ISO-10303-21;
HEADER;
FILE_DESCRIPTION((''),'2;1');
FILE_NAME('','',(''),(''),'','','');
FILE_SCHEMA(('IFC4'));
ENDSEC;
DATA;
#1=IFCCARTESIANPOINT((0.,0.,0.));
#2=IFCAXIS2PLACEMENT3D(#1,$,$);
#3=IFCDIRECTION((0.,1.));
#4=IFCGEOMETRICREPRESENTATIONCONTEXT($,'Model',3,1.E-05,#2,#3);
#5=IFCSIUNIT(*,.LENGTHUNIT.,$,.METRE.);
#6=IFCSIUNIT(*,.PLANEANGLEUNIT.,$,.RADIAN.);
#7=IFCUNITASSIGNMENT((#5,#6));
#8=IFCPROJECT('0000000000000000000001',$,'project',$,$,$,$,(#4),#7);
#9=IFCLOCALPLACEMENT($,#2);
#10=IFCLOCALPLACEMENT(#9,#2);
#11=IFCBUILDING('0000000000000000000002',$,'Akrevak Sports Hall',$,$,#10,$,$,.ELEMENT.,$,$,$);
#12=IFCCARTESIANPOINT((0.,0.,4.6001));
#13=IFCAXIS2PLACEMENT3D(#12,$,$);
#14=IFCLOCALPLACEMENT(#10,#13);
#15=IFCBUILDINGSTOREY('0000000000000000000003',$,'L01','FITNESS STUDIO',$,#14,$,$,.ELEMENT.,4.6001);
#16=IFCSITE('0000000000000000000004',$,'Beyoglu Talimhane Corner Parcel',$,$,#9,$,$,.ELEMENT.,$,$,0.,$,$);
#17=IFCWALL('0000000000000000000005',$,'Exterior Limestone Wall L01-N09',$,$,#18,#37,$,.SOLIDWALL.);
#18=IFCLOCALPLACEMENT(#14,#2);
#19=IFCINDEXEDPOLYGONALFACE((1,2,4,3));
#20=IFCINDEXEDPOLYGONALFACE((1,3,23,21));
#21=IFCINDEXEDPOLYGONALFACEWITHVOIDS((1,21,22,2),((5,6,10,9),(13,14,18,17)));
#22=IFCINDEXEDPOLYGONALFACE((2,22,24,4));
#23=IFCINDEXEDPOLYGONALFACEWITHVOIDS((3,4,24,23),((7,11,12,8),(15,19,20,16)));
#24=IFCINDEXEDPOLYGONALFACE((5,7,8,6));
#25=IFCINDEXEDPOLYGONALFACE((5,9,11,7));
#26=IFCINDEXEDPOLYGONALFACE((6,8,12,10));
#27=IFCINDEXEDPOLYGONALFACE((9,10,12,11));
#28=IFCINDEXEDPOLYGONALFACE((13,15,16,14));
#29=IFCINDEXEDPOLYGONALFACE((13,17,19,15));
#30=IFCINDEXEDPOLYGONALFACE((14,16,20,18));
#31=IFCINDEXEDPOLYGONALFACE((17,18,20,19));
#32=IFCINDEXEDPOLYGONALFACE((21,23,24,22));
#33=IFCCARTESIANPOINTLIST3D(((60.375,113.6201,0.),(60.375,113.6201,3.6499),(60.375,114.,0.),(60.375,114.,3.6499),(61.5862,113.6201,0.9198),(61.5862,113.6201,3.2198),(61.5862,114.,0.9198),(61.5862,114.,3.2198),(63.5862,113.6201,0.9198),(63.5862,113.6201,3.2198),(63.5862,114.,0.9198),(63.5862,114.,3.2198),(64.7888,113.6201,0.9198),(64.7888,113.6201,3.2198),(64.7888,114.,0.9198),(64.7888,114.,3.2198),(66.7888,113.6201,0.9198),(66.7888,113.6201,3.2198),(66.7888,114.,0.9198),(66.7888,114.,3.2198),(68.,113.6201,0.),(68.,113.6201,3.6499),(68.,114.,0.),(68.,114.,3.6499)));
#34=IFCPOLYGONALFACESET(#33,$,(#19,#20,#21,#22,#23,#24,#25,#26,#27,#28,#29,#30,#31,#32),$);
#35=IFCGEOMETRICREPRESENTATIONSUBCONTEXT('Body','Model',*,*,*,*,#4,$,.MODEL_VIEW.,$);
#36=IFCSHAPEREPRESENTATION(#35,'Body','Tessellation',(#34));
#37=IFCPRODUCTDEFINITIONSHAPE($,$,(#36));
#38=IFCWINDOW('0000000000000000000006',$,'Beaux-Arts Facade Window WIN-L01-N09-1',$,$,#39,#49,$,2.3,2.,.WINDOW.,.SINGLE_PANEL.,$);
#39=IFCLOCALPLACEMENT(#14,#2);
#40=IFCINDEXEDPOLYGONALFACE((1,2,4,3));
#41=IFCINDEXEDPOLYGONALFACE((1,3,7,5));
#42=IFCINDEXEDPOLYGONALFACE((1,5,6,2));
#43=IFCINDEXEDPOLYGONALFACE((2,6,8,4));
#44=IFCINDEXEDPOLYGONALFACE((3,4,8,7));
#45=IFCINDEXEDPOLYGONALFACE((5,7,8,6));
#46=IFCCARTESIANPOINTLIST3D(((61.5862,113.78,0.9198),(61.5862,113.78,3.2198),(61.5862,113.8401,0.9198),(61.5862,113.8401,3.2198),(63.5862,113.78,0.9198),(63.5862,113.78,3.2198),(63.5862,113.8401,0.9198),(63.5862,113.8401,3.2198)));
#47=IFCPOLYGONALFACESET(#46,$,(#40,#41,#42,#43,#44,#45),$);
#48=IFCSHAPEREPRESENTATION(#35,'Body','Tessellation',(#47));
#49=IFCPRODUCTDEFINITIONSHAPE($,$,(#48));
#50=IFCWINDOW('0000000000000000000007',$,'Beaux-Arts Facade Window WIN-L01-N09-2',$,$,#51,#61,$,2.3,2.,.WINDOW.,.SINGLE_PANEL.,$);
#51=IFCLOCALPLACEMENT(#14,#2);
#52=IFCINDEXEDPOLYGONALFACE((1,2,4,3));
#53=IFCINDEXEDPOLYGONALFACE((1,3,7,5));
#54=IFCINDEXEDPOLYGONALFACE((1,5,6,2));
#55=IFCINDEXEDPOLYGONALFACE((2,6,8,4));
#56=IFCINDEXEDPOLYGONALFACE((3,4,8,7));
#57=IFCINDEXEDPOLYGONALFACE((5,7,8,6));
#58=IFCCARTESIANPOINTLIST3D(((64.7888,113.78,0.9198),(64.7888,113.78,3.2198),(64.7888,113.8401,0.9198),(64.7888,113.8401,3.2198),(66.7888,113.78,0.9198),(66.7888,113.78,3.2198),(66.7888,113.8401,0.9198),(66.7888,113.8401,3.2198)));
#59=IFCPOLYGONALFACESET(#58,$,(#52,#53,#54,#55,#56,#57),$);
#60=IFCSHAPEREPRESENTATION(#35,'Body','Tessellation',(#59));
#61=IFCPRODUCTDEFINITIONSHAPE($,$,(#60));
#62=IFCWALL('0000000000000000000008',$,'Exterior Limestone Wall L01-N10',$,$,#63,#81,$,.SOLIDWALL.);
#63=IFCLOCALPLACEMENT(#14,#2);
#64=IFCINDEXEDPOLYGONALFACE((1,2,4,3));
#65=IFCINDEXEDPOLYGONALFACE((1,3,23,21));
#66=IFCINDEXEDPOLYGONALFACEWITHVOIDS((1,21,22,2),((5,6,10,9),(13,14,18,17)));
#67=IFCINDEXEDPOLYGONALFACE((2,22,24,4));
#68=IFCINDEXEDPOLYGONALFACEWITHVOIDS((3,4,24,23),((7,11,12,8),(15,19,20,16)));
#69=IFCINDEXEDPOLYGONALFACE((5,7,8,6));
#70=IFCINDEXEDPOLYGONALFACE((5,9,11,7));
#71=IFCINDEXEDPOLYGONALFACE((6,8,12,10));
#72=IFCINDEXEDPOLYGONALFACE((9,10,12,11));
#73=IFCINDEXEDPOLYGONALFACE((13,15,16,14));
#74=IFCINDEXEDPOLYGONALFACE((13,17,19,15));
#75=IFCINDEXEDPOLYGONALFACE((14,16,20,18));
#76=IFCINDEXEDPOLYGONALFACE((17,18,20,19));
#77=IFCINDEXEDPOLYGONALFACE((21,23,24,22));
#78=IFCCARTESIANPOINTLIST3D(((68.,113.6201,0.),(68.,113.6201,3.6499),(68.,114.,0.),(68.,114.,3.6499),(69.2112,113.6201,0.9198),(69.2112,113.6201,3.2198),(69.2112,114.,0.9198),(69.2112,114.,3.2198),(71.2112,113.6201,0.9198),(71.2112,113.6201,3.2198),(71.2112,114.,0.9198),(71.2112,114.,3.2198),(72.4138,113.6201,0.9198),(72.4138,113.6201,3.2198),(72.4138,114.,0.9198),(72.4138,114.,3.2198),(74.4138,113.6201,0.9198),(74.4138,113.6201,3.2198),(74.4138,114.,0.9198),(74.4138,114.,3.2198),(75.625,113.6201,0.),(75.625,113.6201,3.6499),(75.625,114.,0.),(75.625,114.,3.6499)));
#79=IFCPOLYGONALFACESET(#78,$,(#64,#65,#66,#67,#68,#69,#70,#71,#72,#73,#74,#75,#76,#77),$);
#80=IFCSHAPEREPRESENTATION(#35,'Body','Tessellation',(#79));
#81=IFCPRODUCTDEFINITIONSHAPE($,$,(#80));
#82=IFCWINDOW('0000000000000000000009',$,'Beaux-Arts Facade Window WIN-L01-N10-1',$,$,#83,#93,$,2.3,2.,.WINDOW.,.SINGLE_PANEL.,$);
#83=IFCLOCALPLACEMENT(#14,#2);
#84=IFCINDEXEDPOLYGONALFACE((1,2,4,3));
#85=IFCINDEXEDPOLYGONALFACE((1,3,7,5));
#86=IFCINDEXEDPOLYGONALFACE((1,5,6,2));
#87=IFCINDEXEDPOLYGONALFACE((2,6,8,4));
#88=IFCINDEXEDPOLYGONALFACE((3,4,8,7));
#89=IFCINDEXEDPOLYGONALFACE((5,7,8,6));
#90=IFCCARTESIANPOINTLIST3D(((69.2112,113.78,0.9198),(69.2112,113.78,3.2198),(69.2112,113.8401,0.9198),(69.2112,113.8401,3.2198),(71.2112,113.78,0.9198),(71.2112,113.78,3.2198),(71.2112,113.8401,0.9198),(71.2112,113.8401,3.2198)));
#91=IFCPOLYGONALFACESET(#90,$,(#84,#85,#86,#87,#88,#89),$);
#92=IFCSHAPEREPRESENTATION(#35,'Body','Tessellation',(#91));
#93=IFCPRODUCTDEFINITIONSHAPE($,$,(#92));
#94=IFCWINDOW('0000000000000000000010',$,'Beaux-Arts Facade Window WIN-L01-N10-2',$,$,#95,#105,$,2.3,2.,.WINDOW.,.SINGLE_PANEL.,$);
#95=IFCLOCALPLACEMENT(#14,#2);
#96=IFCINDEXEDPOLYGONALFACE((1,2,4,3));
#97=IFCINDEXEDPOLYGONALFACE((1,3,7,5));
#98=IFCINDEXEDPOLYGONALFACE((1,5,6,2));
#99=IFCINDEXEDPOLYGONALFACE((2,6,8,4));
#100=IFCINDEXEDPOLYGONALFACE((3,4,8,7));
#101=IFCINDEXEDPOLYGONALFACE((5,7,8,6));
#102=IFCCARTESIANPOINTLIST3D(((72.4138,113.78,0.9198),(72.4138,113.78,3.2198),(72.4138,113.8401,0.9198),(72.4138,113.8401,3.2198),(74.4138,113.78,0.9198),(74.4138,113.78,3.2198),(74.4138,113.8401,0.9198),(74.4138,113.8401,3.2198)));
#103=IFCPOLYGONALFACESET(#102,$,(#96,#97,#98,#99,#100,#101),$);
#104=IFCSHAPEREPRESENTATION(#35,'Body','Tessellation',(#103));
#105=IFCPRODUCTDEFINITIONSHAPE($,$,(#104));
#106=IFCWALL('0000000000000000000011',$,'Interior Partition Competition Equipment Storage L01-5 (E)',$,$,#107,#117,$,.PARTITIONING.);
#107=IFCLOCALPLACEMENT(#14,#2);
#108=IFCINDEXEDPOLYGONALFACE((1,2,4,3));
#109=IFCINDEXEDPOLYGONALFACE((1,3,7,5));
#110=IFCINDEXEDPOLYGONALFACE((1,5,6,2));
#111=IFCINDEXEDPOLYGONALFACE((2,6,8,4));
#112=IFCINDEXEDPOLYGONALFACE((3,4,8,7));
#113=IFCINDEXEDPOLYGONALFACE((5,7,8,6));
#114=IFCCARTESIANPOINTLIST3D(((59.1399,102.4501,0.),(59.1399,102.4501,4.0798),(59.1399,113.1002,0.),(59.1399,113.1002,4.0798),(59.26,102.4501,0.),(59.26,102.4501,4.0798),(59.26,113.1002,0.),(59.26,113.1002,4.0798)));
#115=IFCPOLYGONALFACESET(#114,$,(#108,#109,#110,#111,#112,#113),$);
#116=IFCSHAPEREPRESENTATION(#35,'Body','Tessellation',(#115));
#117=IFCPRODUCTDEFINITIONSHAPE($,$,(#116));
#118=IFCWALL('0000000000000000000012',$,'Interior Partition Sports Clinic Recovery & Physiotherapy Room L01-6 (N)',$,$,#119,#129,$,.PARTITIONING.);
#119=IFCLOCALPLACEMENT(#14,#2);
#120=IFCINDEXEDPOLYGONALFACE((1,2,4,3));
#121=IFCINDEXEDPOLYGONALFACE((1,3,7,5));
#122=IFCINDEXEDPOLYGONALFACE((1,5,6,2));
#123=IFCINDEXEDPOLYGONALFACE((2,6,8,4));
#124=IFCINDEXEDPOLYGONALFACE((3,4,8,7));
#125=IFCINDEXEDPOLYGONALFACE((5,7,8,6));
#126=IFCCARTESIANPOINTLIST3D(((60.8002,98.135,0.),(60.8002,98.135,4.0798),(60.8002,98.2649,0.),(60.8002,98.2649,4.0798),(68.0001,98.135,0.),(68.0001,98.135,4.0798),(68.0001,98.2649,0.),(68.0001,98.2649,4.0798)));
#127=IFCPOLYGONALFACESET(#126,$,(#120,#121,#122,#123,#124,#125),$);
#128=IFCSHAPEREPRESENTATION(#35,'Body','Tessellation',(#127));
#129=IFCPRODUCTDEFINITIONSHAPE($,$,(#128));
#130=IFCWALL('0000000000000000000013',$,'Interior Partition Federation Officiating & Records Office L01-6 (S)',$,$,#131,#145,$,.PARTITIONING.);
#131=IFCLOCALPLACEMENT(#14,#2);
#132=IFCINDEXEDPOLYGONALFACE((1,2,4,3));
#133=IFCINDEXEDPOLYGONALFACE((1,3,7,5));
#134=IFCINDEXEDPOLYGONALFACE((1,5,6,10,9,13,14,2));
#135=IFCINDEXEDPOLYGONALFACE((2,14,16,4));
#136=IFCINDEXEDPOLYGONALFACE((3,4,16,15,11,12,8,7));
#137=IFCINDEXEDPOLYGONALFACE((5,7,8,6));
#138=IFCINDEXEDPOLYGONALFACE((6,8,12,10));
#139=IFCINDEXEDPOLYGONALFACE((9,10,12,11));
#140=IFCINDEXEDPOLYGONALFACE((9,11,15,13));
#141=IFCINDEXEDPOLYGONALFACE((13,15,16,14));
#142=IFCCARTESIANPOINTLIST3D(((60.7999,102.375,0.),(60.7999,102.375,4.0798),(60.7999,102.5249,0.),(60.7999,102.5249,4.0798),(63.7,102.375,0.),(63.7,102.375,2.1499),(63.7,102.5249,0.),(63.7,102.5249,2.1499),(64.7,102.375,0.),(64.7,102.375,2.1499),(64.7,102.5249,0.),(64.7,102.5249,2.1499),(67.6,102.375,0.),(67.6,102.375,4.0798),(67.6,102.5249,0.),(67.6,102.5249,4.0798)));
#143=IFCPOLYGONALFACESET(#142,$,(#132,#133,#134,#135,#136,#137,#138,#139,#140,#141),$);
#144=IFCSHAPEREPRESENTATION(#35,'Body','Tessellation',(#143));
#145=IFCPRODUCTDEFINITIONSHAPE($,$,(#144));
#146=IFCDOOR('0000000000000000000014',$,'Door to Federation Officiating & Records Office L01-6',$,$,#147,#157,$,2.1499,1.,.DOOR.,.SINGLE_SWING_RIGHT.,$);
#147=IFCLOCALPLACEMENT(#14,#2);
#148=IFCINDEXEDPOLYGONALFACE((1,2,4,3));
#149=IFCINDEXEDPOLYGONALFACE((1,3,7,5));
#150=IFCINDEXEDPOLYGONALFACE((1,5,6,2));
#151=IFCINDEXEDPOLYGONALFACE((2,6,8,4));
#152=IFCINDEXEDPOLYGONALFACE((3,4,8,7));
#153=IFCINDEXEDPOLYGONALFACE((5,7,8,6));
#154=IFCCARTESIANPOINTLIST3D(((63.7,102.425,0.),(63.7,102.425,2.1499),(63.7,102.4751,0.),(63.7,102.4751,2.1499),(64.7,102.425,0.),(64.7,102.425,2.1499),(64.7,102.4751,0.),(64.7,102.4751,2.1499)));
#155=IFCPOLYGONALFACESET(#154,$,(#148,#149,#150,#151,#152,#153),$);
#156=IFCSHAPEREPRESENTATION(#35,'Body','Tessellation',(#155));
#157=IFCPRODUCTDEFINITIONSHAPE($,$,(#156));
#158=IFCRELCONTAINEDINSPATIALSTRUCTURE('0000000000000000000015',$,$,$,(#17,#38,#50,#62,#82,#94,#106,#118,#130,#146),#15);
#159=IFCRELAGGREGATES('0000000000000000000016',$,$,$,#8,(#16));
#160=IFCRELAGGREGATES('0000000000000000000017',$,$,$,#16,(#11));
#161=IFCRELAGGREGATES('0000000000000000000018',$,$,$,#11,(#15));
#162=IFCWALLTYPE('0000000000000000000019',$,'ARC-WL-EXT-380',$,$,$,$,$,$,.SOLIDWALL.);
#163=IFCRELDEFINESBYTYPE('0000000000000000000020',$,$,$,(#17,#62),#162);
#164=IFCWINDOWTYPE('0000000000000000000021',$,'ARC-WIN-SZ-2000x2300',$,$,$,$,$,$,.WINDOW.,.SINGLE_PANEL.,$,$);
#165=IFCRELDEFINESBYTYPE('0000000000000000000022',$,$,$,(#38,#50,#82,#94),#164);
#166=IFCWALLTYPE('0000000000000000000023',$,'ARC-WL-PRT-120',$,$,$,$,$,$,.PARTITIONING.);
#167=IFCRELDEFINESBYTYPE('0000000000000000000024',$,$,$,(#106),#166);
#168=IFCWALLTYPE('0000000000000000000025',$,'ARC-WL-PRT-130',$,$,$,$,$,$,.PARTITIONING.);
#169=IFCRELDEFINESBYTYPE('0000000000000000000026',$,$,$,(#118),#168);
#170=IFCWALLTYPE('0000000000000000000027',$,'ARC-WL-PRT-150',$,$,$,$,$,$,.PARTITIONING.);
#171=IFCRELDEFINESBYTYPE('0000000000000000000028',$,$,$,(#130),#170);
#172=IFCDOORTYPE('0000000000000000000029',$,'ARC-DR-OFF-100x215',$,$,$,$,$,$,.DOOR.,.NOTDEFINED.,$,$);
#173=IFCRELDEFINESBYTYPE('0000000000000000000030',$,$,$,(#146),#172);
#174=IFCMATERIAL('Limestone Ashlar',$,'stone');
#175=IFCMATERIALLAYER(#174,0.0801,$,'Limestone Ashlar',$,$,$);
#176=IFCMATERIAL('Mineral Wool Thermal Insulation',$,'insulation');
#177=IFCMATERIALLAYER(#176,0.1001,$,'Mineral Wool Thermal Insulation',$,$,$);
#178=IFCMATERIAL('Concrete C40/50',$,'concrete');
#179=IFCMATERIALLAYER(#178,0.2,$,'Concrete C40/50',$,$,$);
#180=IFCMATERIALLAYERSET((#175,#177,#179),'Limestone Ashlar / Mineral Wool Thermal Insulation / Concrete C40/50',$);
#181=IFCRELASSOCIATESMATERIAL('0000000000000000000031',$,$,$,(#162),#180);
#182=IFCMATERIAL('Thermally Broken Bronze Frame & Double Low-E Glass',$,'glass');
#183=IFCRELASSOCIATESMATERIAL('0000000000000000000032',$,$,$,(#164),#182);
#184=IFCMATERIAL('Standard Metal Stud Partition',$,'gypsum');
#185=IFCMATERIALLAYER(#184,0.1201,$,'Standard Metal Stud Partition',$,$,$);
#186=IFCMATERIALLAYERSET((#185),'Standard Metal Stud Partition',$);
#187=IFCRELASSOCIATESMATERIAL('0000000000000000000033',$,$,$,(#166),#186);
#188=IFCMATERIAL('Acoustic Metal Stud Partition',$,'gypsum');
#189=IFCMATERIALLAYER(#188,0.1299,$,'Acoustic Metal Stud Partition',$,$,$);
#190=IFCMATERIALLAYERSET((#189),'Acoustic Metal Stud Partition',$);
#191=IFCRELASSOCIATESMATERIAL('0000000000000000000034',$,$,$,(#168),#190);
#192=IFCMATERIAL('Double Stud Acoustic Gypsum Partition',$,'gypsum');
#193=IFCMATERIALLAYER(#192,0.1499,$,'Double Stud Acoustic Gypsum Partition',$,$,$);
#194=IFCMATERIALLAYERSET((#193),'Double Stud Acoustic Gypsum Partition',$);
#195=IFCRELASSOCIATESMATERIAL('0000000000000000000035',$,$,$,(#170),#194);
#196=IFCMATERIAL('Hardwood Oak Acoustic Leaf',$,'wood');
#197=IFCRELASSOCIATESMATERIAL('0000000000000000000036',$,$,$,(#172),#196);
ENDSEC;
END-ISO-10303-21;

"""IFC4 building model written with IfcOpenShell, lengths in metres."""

from ifc_helpers import new_model, si_unit, direction, frame, frame_2d, origin, place, context, subcontext, project, spatial, rectangle, extrude, material, layer, layer_set, type_object, element, fill, save


model = new_model("IFC4")

# Units and contexts
model_context = context("Model", 3, precision=1e-05, world=origin(), true_north=direction((0.0, 1.0)))
body_context = subcontext(model_context, "Body", "Model", "MODEL_VIEW")
ifc_project = project(units=[si_unit("LENGTHUNIT", "METRE"), si_unit("PLANEANGLEUNIT", "RADIAN")], contexts=[model_context])

# Site, building, storey
site_placement = place(None, origin())
site = spatial("IfcSite", under=ifc_project, at=site_placement, Name="Beyoglu Talimhane Corner Parcel", CompositionType="ELEMENT", RefElevation=0.0)
building_placement = place(site_placement, origin())
building = spatial("IfcBuilding", under=site, at=building_placement, Name="Akrevak Sports Hall", CompositionType="ELEMENT")
storey_placement = place(building_placement, frame((0.0, 0.0, 4.6001)))
storey = spatial("IfcBuildingStorey", under=building, at=storey_placement, Name="L01", Description="FITNESS STUDIO", CompositionType="ELEMENT", Elevation=4.6001)

# Shared definitions
ifc_material_1 = material(Name="Concrete C40/50", Category="concrete")

# Walls, openings, windows
ifc_material_2 = material(Name="Limestone Ashlar", Category="stone")
ifc_layer_1 = layer(ifc_material_2, 0.0801, Name="Limestone Ashlar")
ifc_material_3 = material(Name="Mineral Wool Thermal Insulation", Category="insulation")
ifc_layer_2 = layer(ifc_material_3, 0.1001, Name="Mineral Wool Thermal Insulation")
ifc_layer_3 = layer(ifc_material_1, 0.2, Name="Concrete C40/50")
ifc_layer_set_1 = layer_set([ifc_layer_1, ifc_layer_2, ifc_layer_3], Name="Limestone Ashlar / Mineral Wool Thermal Insulation / Concrete C40/50")
wall_type_1 = type_object("IfcWallType", Name="ARC-WL-EXT-380", PredefinedType="SOLIDWALL", material=ifc_layer_set_1)
ifc_material_4 = material(Name="Thermally Broken Bronze Frame & Double Low-E Glass", Category="glass")
window_type = type_object("IfcWindowType", Name="ARC-WIN-SZ-2000x2300", PartitioningType="SINGLE_PANEL", PredefinedType="WINDOW", material=ifc_material_4)
wall_1_placement = place(storey_placement, frame((68.0, 113.8101, 0.0), z_axis=(0.0, 0.0, 1.0), x_axis=(-1.0, 0.0, 0.0)))
wall_1 = element("IfcWall", 1, at=wall_1_placement, inside=storey, type_object=wall_type_1, Name="Exterior Limestone Wall L01-N09", PredefinedType="SOLIDWALL", context=body_context, shape_type="SweptSolid", body=[
    extrude(rectangle(XDim=7.625, YDim=0.3799, at=frame_2d((3.8125, 0.0))), origin(), (0.0, 0.0, 1.0), 3.6499),
])
opening_1_placement = place(wall_1_placement, frame((4.4138, 0.0, 0.9199)))
opening_1 = element("IfcOpeningElement", 2, at=opening_1_placement, cuts=wall_1, PredefinedType="OPENING", context=body_context, shape_type="SweptSolid", body=[
    extrude(rectangle(XDim=2.0, YDim=2.3, at=frame_2d((1.0, 1.1499))), frame((0.0, 0.2019, 0.0), z_axis=(0.0, -1.0, 0.0), x_axis=(1.0, 0.0, 0.0)), (0.0, 0.0, 1.0), 0.4038),
])
opening_2_placement = place(wall_1_placement, frame((1.2112, 0.0, 0.9199)))
opening_2 = element("IfcOpeningElement", 3, at=opening_2_placement, cuts=wall_1, PredefinedType="OPENING", context=body_context, shape_type="SweptSolid", body=[
    extrude(rectangle(XDim=2.0, YDim=2.3, at=frame_2d((1.0, 1.1499))), frame((0.0, 0.2019, 0.0), z_axis=(0.0, -1.0, 0.0), x_axis=(1.0, 0.0, 0.0)), (0.0, 0.0, 1.0), 0.4038),
])
window_1_placement = place(opening_1_placement, origin())
window_1 = element("IfcWindow", 4, at=window_1_placement, inside=storey, type_object=window_type, Name="Beaux-Arts Facade Window WIN-L01-N09-1", OverallHeight=2.3, OverallWidth=2.0, PartitioningType="SINGLE_PANEL", PredefinedType="WINDOW", context=body_context, shape_type="SweptSolid", body=[
    extrude(rectangle(XDim=2.0, YDim=2.3, at=frame_2d((1.0, 1.1499))), frame((0.0, 0.03, 0.0), z_axis=(0.0, -1.0, 0.0), x_axis=(1.0, 0.0, 0.0)), (0.0, 0.0, 1.0), 0.0601),
])
fill(opening_1, window_1)
window_2_placement = place(opening_2_placement, origin())
window_2 = element("IfcWindow", 5, at=window_2_placement, inside=storey, type_object=window_type, Name="Beaux-Arts Facade Window WIN-L01-N09-2", OverallHeight=2.3, OverallWidth=2.0, PartitioningType="SINGLE_PANEL", PredefinedType="WINDOW", context=body_context, shape_type="SweptSolid", body=[
    extrude(rectangle(XDim=2.0, YDim=2.3, at=frame_2d((1.0, 1.1499))), frame((0.0, 0.03, 0.0), z_axis=(0.0, -1.0, 0.0), x_axis=(1.0, 0.0, 0.0)), (0.0, 0.0, 1.0), 0.0601),
])
fill(opening_2, window_2)
wall_2_placement = place(storey_placement, frame((75.625, 113.8101, 0.0), z_axis=(0.0, 0.0, 1.0), x_axis=(-1.0, 0.0, 0.0)))
wall_2 = element("IfcWall", 6, at=wall_2_placement, inside=storey, type_object=wall_type_1, Name="Exterior Limestone Wall L01-N10", PredefinedType="SOLIDWALL", context=body_context, shape_type="SweptSolid", body=[
    extrude(rectangle(XDim=7.625, YDim=0.3799, at=frame_2d((3.8125, 0.0))), origin(), (0.0, 0.0, 1.0), 3.6499),
])
opening_3_placement = place(wall_2_placement, frame((4.4138, 0.0, 0.9199)))
opening_3 = element("IfcOpeningElement", 7, at=opening_3_placement, cuts=wall_2, PredefinedType="OPENING", context=body_context, shape_type="SweptSolid", body=[
    extrude(rectangle(XDim=2.0, YDim=2.3, at=frame_2d((1.0, 1.1499))), frame((0.0, 0.2019, 0.0), z_axis=(0.0, -1.0, 0.0), x_axis=(1.0, 0.0, 0.0)), (0.0, 0.0, 1.0), 0.4038),
])
opening_4_placement = place(wall_2_placement, frame((1.2112, 0.0, 0.9199)))
opening_4 = element("IfcOpeningElement", 8, at=opening_4_placement, cuts=wall_2, PredefinedType="OPENING", context=body_context, shape_type="SweptSolid", body=[
    extrude(rectangle(XDim=2.0, YDim=2.3, at=frame_2d((1.0, 1.1499))), frame((0.0, 0.2019, 0.0), z_axis=(0.0, -1.0, 0.0), x_axis=(1.0, 0.0, 0.0)), (0.0, 0.0, 1.0), 0.4038),
])
window_3_placement = place(opening_3_placement, origin())
window_3 = element("IfcWindow", 9, at=window_3_placement, inside=storey, type_object=window_type, Name="Beaux-Arts Facade Window WIN-L01-N10-1", OverallHeight=2.3, OverallWidth=2.0, PartitioningType="SINGLE_PANEL", PredefinedType="WINDOW", context=body_context, shape_type="SweptSolid", body=[
    extrude(rectangle(XDim=2.0, YDim=2.3, at=frame_2d((1.0, 1.1499))), frame((0.0, 0.03, 0.0), z_axis=(0.0, -1.0, 0.0), x_axis=(1.0, 0.0, 0.0)), (0.0, 0.0, 1.0), 0.0601),
])
fill(opening_3, window_3)
window_4_placement = place(opening_4_placement, origin())
window_4 = element("IfcWindow", 10, at=window_4_placement, inside=storey, type_object=window_type, Name="Beaux-Arts Facade Window WIN-L01-N10-2", OverallHeight=2.3, OverallWidth=2.0, PartitioningType="SINGLE_PANEL", PredefinedType="WINDOW", context=body_context, shape_type="SweptSolid", body=[
    extrude(rectangle(XDim=2.0, YDim=2.3, at=frame_2d((1.0, 1.1499))), frame((0.0, 0.03, 0.0), z_axis=(0.0, -1.0, 0.0), x_axis=(1.0, 0.0, 0.0)), (0.0, 0.0, 1.0), 0.0601),
])
fill(opening_4, window_4)

# Walls
ifc_material_5 = material(Name="Standard Metal Stud Partition", Category="gypsum")
ifc_layer_4 = layer(ifc_material_5, 0.1201, Name="Standard Metal Stud Partition")
ifc_layer_set_2 = layer_set([ifc_layer_4], Name="Standard Metal Stud Partition")
wall_type_2 = type_object("IfcWallType", Name="ARC-WL-PRT-120", PredefinedType="PARTITIONING", material=ifc_layer_set_2)
wall_3_placement = place(storey_placement, frame((59.2, 102.45, 0.0), z_axis=(0.0, 0.0, 1.0), x_axis=(0.0, 1.0, 0.0)))
element("IfcWall", 11, at=wall_3_placement, inside=storey, type_object=wall_type_2, Name="Interior Partition Competition Equipment Storage L01-5 (E)", PredefinedType="PARTITIONING", context=body_context, shape_type="SweptSolid", body=[
    extrude(rectangle(XDim=10.6501, YDim=0.1201, at=frame_2d((5.3252, 0.0))), origin(), (0.0, 0.0, 1.0), 4.0798),
])
ifc_material_6 = material(Name="Acoustic Metal Stud Partition", Category="gypsum")
ifc_layer_5 = layer(ifc_material_6, 0.1299, Name="Acoustic Metal Stud Partition")
ifc_layer_set_3 = layer_set([ifc_layer_5], Name="Acoustic Metal Stud Partition")
wall_type_3 = type_object("IfcWallType", Name="ARC-WL-PRT-130", PredefinedType="PARTITIONING", material=ifc_layer_set_3)
wall_4_placement = place(storey_placement, frame((60.8, 98.2, 0.0), z_axis=(0.0, 0.0, 1.0), x_axis=(1.0, 0.0, 0.0)))
element("IfcWall", 12, at=wall_4_placement, inside=storey, type_object=wall_type_3, Name="Interior Partition Sports Clinic Recovery & Physiotherapy Room L01-6 (N)", PredefinedType="PARTITIONING", context=body_context, shape_type="SweptSolid", body=[
    extrude(rectangle(XDim=7.2, YDim=0.1299, at=frame_2d((3.6001, 0.0))), origin(), (0.0, 0.0, 1.0), 4.0798),
])

# Wall, opening, door
ifc_material_7 = material(Name="Double Stud Acoustic Gypsum Partition", Category="gypsum")
ifc_layer_6 = layer(ifc_material_7, 0.1499, Name="Double Stud Acoustic Gypsum Partition")
ifc_layer_set_4 = layer_set([ifc_layer_6], Name="Double Stud Acoustic Gypsum Partition")
wall_type_4 = type_object("IfcWallType", Name="ARC-WL-PRT-150", PredefinedType="PARTITIONING", material=ifc_layer_set_4)
wall_5_placement = place(storey_placement, frame((60.8, 102.45, 0.0), z_axis=(0.0, 0.0, 1.0), x_axis=(1.0, 0.0, 0.0)))
wall_5 = element("IfcWall", 13, at=wall_5_placement, inside=storey, type_object=wall_type_4, Name="Interior Partition Federation Officiating & Records Office L01-6 (S)", PredefinedType="PARTITIONING", context=body_context, shape_type="SweptSolid", body=[
    extrude(rectangle(XDim=6.8, YDim=0.1499, at=frame_2d((3.3999, 0.0))), origin(), (0.0, 0.0, 1.0), 4.0798),
])
opening_5_placement = place(wall_5_placement, frame((2.8999, 0.0, 0.0)))
opening_5 = element("IfcOpeningElement", 14, at=opening_5_placement, cuts=wall_5, PredefinedType="OPENING", context=body_context, shape_type="SweptSolid", body=[
    extrude(rectangle(XDim=1.0, YDim=2.1499, at=frame_2d((0.5, 1.075))), frame((0.0, 0.0869, 0.0), z_axis=(0.0, -1.0, 0.0), x_axis=(1.0, 0.0, 0.0)), (0.0, 0.0, 1.0), 0.1738),
])
ifc_material_8 = material(Name="Hardwood Oak Acoustic Leaf", Category="wood")
door_type = type_object("IfcDoorType", Name="ARC-DR-OFF-100x215", OperationType="NOTDEFINED", PredefinedType="DOOR", material=ifc_material_8)
door_placement = place(opening_5_placement, frame((1.0, 0.0, 0.0), z_axis=(0.0, 0.0, 1.0), x_axis=(-1.0, 0.0, 0.0)))
door = element("IfcDoor", 15, at=door_placement, inside=storey, type_object=door_type, Name="Door to Federation Officiating & Records Office L01-6", OperationType="SINGLE_SWING_RIGHT", OverallHeight=2.1499, OverallWidth=1.0, PredefinedType="DOOR", context=body_context, shape_type="SweptSolid", body=[
    extrude(rectangle(XDim=1.0, YDim=2.1499, at=frame_2d((0.5, 1.075))), frame((0.0, 0.0249, 0.0), z_axis=(0.0, -1.0, 0.0), x_axis=(1.0, 0.0, 0.0)), (0.0, 0.0, 1.0), 0.05),
])
fill(opening_5, door)

save(model, "model.ifc")
